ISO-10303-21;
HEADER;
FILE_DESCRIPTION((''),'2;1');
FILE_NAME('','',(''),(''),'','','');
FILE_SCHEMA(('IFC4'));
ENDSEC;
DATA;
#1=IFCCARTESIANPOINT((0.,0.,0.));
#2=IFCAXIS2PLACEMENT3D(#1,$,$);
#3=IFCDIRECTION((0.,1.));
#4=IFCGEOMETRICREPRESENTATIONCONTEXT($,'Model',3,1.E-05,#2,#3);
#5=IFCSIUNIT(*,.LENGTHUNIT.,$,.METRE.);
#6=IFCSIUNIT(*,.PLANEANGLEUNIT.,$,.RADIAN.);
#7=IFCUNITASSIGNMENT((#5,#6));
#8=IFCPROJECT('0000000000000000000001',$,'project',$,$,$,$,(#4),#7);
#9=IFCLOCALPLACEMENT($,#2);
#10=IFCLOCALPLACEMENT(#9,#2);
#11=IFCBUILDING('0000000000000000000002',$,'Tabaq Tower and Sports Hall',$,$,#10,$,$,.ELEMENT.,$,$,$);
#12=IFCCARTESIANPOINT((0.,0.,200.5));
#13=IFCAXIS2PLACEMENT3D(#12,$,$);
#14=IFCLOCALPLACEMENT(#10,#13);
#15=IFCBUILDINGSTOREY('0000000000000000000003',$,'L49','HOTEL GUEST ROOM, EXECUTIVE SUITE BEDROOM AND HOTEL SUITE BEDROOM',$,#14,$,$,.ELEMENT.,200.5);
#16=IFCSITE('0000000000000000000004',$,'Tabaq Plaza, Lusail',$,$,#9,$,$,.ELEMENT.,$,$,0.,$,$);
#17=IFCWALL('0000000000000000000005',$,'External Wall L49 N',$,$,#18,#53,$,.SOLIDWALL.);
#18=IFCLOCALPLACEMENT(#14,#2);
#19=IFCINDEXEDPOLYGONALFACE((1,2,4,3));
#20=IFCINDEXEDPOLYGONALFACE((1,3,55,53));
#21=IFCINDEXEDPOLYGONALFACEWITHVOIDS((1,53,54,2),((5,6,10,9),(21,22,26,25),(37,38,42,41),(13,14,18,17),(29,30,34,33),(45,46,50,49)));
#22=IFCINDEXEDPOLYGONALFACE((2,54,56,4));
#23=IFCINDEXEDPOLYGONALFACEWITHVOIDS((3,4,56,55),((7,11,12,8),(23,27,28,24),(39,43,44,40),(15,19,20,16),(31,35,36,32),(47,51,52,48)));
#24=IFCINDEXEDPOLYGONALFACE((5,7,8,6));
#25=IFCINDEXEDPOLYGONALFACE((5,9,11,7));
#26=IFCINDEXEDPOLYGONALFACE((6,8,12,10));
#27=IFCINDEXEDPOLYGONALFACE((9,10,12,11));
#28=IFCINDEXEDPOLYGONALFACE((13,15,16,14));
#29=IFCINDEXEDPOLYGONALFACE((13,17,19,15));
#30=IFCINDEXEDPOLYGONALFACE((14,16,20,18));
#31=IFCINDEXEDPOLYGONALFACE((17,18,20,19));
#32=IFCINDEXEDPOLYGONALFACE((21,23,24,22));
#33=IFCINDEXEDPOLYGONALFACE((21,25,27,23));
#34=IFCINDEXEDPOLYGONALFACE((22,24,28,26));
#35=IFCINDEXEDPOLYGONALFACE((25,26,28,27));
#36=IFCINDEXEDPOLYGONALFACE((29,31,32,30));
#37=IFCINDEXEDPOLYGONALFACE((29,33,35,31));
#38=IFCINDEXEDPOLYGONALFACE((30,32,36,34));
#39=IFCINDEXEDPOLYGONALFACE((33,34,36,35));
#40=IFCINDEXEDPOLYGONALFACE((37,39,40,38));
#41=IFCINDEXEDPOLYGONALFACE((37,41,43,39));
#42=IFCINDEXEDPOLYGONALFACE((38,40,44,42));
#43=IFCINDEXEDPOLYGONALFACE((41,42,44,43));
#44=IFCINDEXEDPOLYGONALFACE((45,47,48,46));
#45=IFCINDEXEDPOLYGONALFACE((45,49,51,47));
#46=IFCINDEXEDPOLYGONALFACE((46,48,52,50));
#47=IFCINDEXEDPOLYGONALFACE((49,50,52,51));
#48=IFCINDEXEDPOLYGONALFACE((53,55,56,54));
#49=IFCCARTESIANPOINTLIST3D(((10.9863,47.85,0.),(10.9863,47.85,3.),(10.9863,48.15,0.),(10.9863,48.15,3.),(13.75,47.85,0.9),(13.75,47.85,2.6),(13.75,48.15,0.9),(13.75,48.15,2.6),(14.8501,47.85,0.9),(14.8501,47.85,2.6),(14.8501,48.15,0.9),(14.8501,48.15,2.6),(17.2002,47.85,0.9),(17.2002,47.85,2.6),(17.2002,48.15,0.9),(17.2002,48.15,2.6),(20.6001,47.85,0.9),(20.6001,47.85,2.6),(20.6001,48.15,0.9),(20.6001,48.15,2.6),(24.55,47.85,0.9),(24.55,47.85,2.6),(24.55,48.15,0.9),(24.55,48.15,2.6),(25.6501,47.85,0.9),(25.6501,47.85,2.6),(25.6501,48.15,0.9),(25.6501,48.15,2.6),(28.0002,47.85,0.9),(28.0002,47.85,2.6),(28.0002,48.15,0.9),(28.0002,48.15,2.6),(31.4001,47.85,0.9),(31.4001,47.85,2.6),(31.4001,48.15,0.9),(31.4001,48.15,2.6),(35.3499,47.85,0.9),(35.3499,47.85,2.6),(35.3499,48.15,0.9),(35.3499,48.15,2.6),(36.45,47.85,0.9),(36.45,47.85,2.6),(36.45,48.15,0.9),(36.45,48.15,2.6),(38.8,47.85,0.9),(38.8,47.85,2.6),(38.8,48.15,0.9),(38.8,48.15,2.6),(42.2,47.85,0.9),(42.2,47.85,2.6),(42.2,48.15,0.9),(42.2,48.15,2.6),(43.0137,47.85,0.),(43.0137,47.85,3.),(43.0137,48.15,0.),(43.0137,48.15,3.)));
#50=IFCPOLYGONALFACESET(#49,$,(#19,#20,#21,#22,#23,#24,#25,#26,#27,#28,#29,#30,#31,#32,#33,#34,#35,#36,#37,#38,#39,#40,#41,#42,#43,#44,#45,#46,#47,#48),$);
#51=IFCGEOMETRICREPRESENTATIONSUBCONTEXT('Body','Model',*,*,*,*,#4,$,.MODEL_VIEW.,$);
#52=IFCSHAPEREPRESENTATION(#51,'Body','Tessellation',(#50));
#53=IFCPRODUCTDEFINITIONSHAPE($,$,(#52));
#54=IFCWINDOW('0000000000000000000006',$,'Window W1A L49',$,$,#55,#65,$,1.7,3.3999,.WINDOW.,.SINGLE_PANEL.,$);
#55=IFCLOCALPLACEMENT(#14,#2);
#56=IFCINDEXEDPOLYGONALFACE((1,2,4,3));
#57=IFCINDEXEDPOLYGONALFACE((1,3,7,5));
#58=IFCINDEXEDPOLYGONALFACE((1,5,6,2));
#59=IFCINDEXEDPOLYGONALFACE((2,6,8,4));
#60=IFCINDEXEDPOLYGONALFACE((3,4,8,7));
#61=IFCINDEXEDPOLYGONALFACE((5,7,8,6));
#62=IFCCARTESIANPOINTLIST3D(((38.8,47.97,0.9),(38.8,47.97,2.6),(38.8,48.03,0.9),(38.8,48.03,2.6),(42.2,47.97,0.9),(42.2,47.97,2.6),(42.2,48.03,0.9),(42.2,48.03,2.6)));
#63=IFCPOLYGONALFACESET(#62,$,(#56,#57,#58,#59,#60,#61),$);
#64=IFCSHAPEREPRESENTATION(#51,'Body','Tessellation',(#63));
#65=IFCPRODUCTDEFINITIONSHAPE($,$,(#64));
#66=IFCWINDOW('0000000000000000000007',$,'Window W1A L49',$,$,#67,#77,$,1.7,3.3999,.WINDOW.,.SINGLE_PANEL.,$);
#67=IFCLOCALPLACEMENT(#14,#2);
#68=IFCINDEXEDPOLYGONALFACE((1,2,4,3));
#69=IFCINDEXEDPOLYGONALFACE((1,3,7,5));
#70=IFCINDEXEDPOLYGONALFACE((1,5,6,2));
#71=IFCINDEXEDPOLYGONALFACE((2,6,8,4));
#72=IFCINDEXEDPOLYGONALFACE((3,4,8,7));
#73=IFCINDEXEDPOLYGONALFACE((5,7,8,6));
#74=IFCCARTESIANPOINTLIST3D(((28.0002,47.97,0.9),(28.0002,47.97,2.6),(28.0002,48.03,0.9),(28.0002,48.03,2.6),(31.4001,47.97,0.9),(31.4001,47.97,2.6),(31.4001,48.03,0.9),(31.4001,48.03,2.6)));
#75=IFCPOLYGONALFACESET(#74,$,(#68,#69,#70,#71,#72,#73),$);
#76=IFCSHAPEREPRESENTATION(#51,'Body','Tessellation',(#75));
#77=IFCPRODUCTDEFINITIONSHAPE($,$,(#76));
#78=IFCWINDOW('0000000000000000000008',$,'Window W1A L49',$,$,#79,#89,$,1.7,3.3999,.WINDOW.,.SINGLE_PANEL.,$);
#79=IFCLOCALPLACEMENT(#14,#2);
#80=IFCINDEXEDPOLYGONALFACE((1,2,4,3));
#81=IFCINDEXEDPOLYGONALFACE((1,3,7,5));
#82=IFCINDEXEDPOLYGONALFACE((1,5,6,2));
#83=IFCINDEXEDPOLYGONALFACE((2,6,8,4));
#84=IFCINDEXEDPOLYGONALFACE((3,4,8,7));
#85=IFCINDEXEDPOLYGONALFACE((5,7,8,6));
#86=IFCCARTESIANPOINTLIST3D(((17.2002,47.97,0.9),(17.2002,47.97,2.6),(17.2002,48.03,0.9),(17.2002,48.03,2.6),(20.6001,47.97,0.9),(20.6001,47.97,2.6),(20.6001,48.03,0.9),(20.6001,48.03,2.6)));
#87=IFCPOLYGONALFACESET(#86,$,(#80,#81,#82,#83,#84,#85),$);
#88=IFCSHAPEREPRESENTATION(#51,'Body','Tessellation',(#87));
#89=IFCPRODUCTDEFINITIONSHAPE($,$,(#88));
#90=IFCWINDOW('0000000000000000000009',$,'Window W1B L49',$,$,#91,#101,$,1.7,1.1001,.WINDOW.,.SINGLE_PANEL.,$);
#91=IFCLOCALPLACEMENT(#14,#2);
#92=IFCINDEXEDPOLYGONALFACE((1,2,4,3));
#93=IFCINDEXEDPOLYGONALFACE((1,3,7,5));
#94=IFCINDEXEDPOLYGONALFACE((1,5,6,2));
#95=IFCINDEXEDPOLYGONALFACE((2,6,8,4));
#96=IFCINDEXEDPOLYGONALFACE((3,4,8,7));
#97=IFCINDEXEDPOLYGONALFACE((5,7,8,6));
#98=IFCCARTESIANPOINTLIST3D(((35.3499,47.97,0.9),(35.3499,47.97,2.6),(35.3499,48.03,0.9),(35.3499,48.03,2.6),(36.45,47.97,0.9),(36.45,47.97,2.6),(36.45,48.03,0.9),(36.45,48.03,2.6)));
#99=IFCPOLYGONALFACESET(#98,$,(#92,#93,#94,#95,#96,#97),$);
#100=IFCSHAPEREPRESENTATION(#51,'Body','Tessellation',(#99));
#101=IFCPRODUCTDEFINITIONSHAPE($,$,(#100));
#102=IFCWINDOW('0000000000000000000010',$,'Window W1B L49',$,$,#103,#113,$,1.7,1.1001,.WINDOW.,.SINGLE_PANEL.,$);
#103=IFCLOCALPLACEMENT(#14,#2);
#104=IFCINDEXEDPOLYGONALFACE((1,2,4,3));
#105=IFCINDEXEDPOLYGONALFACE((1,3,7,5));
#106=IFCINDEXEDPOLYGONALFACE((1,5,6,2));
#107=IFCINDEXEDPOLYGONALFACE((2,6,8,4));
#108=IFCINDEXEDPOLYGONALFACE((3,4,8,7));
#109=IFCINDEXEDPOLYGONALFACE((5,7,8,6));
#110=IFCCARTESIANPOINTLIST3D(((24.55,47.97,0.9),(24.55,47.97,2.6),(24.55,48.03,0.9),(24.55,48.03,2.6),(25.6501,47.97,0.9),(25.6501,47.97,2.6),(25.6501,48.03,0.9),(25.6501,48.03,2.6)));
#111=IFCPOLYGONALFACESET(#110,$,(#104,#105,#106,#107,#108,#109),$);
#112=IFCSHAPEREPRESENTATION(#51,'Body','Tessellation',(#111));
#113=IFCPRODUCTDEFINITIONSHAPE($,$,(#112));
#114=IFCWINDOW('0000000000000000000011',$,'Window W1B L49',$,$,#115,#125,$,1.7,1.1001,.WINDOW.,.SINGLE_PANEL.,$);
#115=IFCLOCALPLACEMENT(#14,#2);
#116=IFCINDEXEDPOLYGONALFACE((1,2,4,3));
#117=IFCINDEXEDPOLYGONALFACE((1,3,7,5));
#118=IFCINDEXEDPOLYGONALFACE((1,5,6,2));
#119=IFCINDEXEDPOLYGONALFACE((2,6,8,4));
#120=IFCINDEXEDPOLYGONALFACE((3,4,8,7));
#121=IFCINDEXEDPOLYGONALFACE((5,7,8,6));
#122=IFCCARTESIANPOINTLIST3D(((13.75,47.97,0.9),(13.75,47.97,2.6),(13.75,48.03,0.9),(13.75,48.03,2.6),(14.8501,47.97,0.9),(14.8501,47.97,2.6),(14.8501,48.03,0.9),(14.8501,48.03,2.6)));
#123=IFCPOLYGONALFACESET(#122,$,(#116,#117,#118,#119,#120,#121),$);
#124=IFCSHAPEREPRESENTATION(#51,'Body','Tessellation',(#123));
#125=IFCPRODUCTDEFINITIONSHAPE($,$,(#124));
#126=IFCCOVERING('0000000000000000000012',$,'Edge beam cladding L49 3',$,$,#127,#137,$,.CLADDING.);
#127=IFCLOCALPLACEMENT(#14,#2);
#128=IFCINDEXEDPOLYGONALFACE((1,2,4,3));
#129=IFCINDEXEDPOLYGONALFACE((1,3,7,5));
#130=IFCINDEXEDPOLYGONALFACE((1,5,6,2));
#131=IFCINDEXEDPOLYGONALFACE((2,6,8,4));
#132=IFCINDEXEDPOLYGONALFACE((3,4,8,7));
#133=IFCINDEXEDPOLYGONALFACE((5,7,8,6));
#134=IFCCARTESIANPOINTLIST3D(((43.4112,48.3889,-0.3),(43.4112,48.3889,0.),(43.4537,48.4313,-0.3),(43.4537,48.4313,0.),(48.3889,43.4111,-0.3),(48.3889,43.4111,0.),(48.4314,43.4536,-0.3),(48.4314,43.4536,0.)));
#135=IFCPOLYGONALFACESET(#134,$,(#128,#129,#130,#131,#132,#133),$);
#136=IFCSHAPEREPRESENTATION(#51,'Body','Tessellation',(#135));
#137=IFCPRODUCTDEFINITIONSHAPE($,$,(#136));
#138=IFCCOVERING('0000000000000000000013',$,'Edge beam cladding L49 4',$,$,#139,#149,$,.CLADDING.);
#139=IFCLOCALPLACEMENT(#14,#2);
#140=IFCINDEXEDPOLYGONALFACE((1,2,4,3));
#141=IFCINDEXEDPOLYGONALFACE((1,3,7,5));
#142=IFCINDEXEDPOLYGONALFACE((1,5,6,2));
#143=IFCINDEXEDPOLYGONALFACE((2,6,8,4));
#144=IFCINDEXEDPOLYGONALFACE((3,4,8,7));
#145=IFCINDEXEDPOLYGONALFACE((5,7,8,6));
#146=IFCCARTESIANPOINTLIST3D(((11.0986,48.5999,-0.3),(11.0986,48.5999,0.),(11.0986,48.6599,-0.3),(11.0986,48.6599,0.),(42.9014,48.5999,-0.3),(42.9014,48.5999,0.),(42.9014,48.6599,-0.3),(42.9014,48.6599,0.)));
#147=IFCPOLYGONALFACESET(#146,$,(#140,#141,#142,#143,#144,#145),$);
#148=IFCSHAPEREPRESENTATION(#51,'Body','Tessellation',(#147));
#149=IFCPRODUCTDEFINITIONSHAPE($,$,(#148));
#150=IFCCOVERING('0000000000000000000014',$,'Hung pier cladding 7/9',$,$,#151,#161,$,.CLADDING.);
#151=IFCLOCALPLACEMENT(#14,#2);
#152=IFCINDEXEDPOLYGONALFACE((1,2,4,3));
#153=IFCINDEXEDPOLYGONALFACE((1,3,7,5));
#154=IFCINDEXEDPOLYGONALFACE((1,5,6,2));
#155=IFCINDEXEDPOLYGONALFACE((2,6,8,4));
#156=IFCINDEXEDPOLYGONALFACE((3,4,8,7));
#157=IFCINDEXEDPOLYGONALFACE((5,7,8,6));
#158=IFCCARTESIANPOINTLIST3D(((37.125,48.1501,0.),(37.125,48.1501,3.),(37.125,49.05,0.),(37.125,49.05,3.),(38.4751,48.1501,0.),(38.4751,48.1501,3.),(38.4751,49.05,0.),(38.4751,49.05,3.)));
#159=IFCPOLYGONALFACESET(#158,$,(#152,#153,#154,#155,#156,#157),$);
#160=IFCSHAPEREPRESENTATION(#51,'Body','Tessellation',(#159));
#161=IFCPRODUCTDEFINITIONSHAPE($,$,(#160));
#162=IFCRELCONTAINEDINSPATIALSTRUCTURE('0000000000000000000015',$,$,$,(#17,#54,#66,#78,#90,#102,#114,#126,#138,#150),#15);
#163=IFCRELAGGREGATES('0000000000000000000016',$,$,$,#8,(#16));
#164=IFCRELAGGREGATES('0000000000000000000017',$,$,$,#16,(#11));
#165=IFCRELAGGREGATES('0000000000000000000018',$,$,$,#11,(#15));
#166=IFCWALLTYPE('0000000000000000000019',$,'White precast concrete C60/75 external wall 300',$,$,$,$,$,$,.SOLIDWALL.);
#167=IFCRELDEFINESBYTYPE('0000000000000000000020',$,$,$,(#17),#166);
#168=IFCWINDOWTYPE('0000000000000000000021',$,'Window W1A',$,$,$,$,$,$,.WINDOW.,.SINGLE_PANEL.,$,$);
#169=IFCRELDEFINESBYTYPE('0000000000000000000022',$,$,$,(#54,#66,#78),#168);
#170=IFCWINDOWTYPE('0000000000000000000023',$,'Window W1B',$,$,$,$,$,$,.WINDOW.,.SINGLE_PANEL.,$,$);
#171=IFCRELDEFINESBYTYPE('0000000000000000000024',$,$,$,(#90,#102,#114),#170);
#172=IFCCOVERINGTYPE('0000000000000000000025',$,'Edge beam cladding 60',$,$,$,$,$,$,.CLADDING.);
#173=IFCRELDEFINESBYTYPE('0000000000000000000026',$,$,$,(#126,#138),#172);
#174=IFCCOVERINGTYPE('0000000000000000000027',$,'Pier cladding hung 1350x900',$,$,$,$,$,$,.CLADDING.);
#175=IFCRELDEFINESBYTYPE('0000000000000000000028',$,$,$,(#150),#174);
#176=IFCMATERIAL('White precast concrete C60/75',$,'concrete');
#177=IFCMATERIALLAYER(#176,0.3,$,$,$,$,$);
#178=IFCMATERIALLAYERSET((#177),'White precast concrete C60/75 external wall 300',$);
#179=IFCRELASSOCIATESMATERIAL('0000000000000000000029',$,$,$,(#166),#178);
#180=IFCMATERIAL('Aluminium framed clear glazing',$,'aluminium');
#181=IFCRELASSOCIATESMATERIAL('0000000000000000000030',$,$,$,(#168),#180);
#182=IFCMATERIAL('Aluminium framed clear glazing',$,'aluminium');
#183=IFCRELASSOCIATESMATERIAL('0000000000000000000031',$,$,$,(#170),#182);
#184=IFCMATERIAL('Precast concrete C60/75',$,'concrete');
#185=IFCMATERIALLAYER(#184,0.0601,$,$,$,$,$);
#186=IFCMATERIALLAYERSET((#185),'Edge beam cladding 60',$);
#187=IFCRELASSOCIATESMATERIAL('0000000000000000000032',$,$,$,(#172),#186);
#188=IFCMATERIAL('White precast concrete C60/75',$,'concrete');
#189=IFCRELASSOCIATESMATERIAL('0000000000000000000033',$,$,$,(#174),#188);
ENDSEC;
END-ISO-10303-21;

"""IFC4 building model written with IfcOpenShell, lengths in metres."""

from ifc_helpers import new_model, si_unit, direction, frame, frame_2d, origin, place, context, subcontext, project, spatial, rectangle, extrude, material, layer, layer_set, type_object, element, fill, save


model = new_model("IFC4")

# Units and contexts
model_context = context("Model", 3, precision=1e-05, world=origin(), true_north=direction((0.0, 1.0)))
body_context = subcontext(model_context, "Body", "Model", "MODEL_VIEW")
ifc_project = project(units=[si_unit("LENGTHUNIT", "METRE"), si_unit("PLANEANGLEUNIT", "RADIAN")], contexts=[model_context])

# Site, building, storey
site_placement = place(None, origin())
site = spatial("IfcSite", under=ifc_project, at=site_placement, Name="Tabaq Plaza, Lusail", CompositionType="ELEMENT", RefElevation=0.0)
building_placement = place(site_placement, origin())
building = spatial("IfcBuilding", under=site, at=building_placement, Name="Tabaq Tower and Sports Hall", CompositionType="ELEMENT")
storey_placement = place(building_placement, frame((0.0, 0.0, 200.5)))
storey = spatial("IfcBuildingStorey", under=building, at=storey_placement, Name="L49", Description="HOTEL GUEST ROOM, EXECUTIVE SUITE BEDROOM AND HOTEL SUITE BEDROOM", CompositionType="ELEMENT", Elevation=200.5)

# Shared definitions
ifc_material_1 = material(Name="White precast concrete C60/75", Category="concrete")
ifc_layer_1 = layer(ifc_material_1, 0.3)
ifc_layer_set_1 = layer_set([ifc_layer_1], Name="White precast concrete C60/75 external wall 300")
wall_type_1 = type_object("IfcWallType", Name="White precast concrete C60/75 external wall 300", PredefinedType="SOLIDWALL", material=ifc_layer_set_1)
ifc_material_2 = material(Name="Aluminium framed clear glazing", Category="aluminium")
window_type_1 = type_object("IfcWindowType", Name="Window W1A", PartitioningType="SINGLE_PANEL", PredefinedType="WINDOW", material=ifc_material_2)

# Wall, openings, windows
wall_1_placement = place(storey_placement, frame((43.0137, 48.0, 0.0), z_axis=(0.0, 0.0, 1.0), x_axis=(-1.0, 0.0, 0.0)))
wall_1 = element("IfcWall", 1, at=wall_1_placement, inside=storey, type_object=wall_type_1, Name="External Wall L49 N", PredefinedType="SOLIDWALL", context=body_context, shape_type="SweptSolid", body=[
    extrude(rectangle(XDim=32.0273, YDim=0.3, at=frame_2d((16.0137, 0.0))), origin(), (0.0, 0.0, 1.0), 3.0),
])
opening_1_placement = place(wall_1_placement, frame((0.8137, 0.0, 0.8999)))
opening_1 = element("IfcOpeningElement", 2, at=opening_1_placement, cuts=wall_1, PredefinedType="OPENING", context=body_context, shape_type="SweptSolid", body=[
    extrude(rectangle(XDim=3.3999, YDim=1.7, at=frame_2d((1.7, 0.8501))), frame((0.0, 0.1602, 0.0), z_axis=(0.0, -1.0, 0.0), x_axis=(1.0, 0.0, 0.0)), (0.0, 0.0, 1.0), 0.3201),
])
opening_2_placement = place(wall_1_placement, frame((6.5637, 0.0, 0.8999)))
opening_2 = element("IfcOpeningElement", 3, at=opening_2_placement, cuts=wall_1, PredefinedType="OPENING", context=body_context, shape_type="SweptSolid", body=[
    extrude(rectangle(XDim=1.1001, YDim=1.7, at=frame_2d((0.55, 0.8501))), frame((0.0, 0.1602, 0.0), z_axis=(0.0, -1.0, 0.0), x_axis=(1.0, 0.0, 0.0)), (0.0, 0.0, 1.0), 0.3201),
])
opening_3_placement = place(wall_1_placement, frame((11.6135, 0.0, 0.8999)))
opening_3 = element("IfcOpeningElement", 4, at=opening_3_placement, cuts=wall_1, PredefinedType="OPENING", context=body_context, shape_type="SweptSolid", body=[
    extrude(rectangle(XDim=3.3999, YDim=1.7, at=frame_2d((1.7, 0.8501))), frame((0.0, 0.1602, 0.0), z_axis=(0.0, -1.0, 0.0), x_axis=(1.0, 0.0, 0.0)), (0.0, 0.0, 1.0), 0.3201),
])
opening_4_placement = place(wall_1_placement, frame((17.3635, 0.0, 0.8999)))
opening_4 = element("IfcOpeningElement", 5, at=opening_4_placement, cuts=wall_1, PredefinedType="OPENING", context=body_context, shape_type="SweptSolid", body=[
    extrude(rectangle(XDim=1.1001, YDim=1.7, at=frame_2d((0.55, 0.8501))), frame((0.0, 0.1602, 0.0), z_axis=(0.0, -1.0, 0.0), x_axis=(1.0, 0.0, 0.0)), (0.0, 0.0, 1.0), 0.3201),
])
opening_5_placement = place(wall_1_placement, frame((22.4136, 0.0, 0.8999)))
opening_5 = element("IfcOpeningElement", 6, at=opening_5_placement, cuts=wall_1, PredefinedType="OPENING", context=body_context, shape_type="SweptSolid", body=[
    extrude(rectangle(XDim=3.3999, YDim=1.7, at=frame_2d((1.7, 0.8501))), frame((0.0, 0.1602, 0.0), z_axis=(0.0, -1.0, 0.0), x_axis=(1.0, 0.0, 0.0)), (0.0, 0.0, 1.0), 0.3201),
])
opening_6_placement = place(wall_1_placement, frame((28.1636, 0.0, 0.8999)))
opening_6 = element("IfcOpeningElement", 7, at=opening_6_placement, cuts=wall_1, PredefinedType="OPENING", context=body_context, shape_type="SweptSolid", body=[
    extrude(rectangle(XDim=1.1001, YDim=1.7, at=frame_2d((0.55, 0.8501))), frame((0.0, 0.1602, 0.0), z_axis=(0.0, -1.0, 0.0), x_axis=(1.0, 0.0, 0.0)), (0.0, 0.0, 1.0), 0.3201),
])
window_1_placement = place(opening_1_placement, origin())
window_1 = element("IfcWindow", 8, at=window_1_placement, inside=storey, type_object=window_type_1, Name="Window W1A L49", OverallHeight=1.7, OverallWidth=3.3999, PartitioningType="SINGLE_PANEL", PredefinedType="WINDOW", context=body_context, shape_type="SweptSolid", body=[
    extrude(rectangle(XDim=3.3999, YDim=1.7, at=frame_2d((1.7, 0.8501))), frame((0.0, 0.03, 0.0), z_axis=(0.0, -1.0, 0.0), x_axis=(1.0, 0.0, 0.0)), (0.0, 0.0, 1.0), 0.0601),
])
fill(opening_1, window_1)
window_2_placement = place(opening_3_placement, origin())
window_2 = element("IfcWindow", 9, at=window_2_placement, inside=storey, type_object=window_type_1, Name="Window W1A L49", OverallHeight=1.7, OverallWidth=3.3999, PartitioningType="SINGLE_PANEL", PredefinedType="WINDOW", context=body_context, shape_type="SweptSolid", body=[
    extrude(rectangle(XDim=3.3999, YDim=1.7, at=frame_2d((1.7, 0.8501))), frame((0.0, 0.03, 0.0), z_axis=(0.0, -1.0, 0.0), x_axis=(1.0, 0.0, 0.0)), (0.0, 0.0, 1.0), 0.0601),
])
fill(opening_3, window_2)
window_3_placement = place(opening_5_placement, origin())
window_3 = element("IfcWindow", 10, at=window_3_placement, inside=storey, type_object=window_type_1, Name="Window W1A L49", OverallHeight=1.7, OverallWidth=3.3999, PartitioningType="SINGLE_PANEL", PredefinedType="WINDOW", context=body_context, shape_type="SweptSolid", body=[
    extrude(rectangle(XDim=3.3999, YDim=1.7, at=frame_2d((1.7, 0.8501))), frame((0.0, 0.03, 0.0), z_axis=(0.0, -1.0, 0.0), x_axis=(1.0, 0.0, 0.0)), (0.0, 0.0, 1.0), 0.0601),
])
fill(opening_5, window_3)
ifc_material_3 = material(Name="Aluminium framed clear glazing", Category="aluminium")
window_type_2 = type_object("IfcWindowType", Name="Window W1B", PartitioningType="SINGLE_PANEL", PredefinedType="WINDOW", material=ifc_material_3)
window_4_placement = place(opening_2_placement, origin())
window_4 = element("IfcWindow", 11, at=window_4_placement, inside=storey, type_object=window_type_2, Name="Window W1B L49", OverallHeight=1.7, OverallWidth=1.1001, PartitioningType="SINGLE_PANEL", PredefinedType="WINDOW", context=body_context, shape_type="SweptSolid", body=[
    extrude(rectangle(XDim=1.1001, YDim=1.7, at=frame_2d((0.55, 0.8501))), frame((0.0, 0.03, 0.0), z_axis=(0.0, -1.0, 0.0), x_axis=(1.0, 0.0, 0.0)), (0.0, 0.0, 1.0), 0.0601),
])
fill(opening_2, window_4)
window_5_placement = place(opening_4_placement, origin())
window_5 = element("IfcWindow", 12, at=window_5_placement, inside=storey, type_object=window_type_2, Name="Window W1B L49", OverallHeight=1.7, OverallWidth=1.1001, PartitioningType="SINGLE_PANEL", PredefinedType="WINDOW", context=body_context, shape_type="SweptSolid", body=[
    extrude(rectangle(XDim=1.1001, YDim=1.7, at=frame_2d((0.55, 0.8501))), frame((0.0, 0.03, 0.0), z_axis=(0.0, -1.0, 0.0), x_axis=(1.0, 0.0, 0.0)), (0.0, 0.0, 1.0), 0.0601),
])
fill(opening_4, window_5)
window_6_placement = place(opening_6_placement, origin())
window_6 = element("IfcWindow", 13, at=window_6_placement, inside=storey, type_object=window_type_2, Name="Window W1B L49", OverallHeight=1.7, OverallWidth=1.1001, PartitioningType="SINGLE_PANEL", PredefinedType="WINDOW", context=body_context, shape_type="SweptSolid", body=[
    extrude(rectangle(XDim=1.1001, YDim=1.7, at=frame_2d((0.55, 0.8501))), frame((0.0, 0.03, 0.0), z_axis=(0.0, -1.0, 0.0), x_axis=(1.0, 0.0, 0.0)), (0.0, 0.0, 1.0), 0.0601),
])
fill(opening_6, window_6)

# Coverings
ifc_material_4 = material(Name="Precast concrete C60/75", Category="concrete")
ifc_layer_2 = layer(ifc_material_4, 0.0601)
ifc_layer_set_2 = layer_set([ifc_layer_2], Name="Edge beam cladding 60")
covering_type_1 = type_object("IfcCoveringType", Name="Edge beam cladding 60", PredefinedType="CLADDING", material=ifc_layer_set_2)
covering_1_placement = place(storey_placement, frame((48.4102, 43.4324, -0.3), z_axis=(0.0, 0.0, 1.0), x_axis=(-0.707107, 0.707107, 0.0)))
element("IfcCovering", 14, at=covering_1_placement, inside=storey, type_object=covering_type_1, Name="Edge beam cladding L49 3", PredefinedType="CLADDING", context=body_context, shape_type="SweptSolid", body=[
    extrude(rectangle(XDim=7.0396, YDim=0.0601, at=frame_2d((3.5198, 0.0))), origin(), (0.0, 0.0, 1.0), 0.3),
])
covering_2_placement = place(storey_placement, frame((42.9014, 48.6299, -0.3), z_axis=(0.0, 0.0, 1.0), x_axis=(-1.0, 0.0, 0.0)))
element("IfcCovering", 15, at=covering_2_placement, inside=storey, type_object=covering_type_1, Name="Edge beam cladding L49 4", PredefinedType="CLADDING", context=body_context, shape_type="SweptSolid", body=[
    extrude(rectangle(XDim=31.8027, YDim=0.0601, at=frame_2d((15.9014, 0.0))), origin(), (0.0, 0.0, 1.0), 0.3),
])
ifc_material_5 = material(Name="White precast concrete C60/75", Category="concrete")
covering_type_2 = type_object("IfcCoveringType", Name="Pier cladding hung 1350x900", PredefinedType="CLADDING", material=ifc_material_5)
for number, where, z_axis, x_axis, name in (
    (16, (38.4751, 48.6001, 0.0), (0.0, 0.0, 1.0), (-1.0, 0.0, 0.0), "Hung pier cladding 7/9"),
):
    element("IfcCovering", number, at=place(storey_placement, frame(where, z_axis=z_axis, x_axis=x_axis)), inside=storey, type_object=covering_type_2, Name=name, PredefinedType="CLADDING", context=body_context, shape_type="SweptSolid", body=[
        extrude(rectangle(XDim=1.3501, YDim=0.8999, at=frame_2d((0.675, 0.0))), origin(), (0.0, 0.0, 1.0), 3.0),
    ])

save(model, "model.ifc")
